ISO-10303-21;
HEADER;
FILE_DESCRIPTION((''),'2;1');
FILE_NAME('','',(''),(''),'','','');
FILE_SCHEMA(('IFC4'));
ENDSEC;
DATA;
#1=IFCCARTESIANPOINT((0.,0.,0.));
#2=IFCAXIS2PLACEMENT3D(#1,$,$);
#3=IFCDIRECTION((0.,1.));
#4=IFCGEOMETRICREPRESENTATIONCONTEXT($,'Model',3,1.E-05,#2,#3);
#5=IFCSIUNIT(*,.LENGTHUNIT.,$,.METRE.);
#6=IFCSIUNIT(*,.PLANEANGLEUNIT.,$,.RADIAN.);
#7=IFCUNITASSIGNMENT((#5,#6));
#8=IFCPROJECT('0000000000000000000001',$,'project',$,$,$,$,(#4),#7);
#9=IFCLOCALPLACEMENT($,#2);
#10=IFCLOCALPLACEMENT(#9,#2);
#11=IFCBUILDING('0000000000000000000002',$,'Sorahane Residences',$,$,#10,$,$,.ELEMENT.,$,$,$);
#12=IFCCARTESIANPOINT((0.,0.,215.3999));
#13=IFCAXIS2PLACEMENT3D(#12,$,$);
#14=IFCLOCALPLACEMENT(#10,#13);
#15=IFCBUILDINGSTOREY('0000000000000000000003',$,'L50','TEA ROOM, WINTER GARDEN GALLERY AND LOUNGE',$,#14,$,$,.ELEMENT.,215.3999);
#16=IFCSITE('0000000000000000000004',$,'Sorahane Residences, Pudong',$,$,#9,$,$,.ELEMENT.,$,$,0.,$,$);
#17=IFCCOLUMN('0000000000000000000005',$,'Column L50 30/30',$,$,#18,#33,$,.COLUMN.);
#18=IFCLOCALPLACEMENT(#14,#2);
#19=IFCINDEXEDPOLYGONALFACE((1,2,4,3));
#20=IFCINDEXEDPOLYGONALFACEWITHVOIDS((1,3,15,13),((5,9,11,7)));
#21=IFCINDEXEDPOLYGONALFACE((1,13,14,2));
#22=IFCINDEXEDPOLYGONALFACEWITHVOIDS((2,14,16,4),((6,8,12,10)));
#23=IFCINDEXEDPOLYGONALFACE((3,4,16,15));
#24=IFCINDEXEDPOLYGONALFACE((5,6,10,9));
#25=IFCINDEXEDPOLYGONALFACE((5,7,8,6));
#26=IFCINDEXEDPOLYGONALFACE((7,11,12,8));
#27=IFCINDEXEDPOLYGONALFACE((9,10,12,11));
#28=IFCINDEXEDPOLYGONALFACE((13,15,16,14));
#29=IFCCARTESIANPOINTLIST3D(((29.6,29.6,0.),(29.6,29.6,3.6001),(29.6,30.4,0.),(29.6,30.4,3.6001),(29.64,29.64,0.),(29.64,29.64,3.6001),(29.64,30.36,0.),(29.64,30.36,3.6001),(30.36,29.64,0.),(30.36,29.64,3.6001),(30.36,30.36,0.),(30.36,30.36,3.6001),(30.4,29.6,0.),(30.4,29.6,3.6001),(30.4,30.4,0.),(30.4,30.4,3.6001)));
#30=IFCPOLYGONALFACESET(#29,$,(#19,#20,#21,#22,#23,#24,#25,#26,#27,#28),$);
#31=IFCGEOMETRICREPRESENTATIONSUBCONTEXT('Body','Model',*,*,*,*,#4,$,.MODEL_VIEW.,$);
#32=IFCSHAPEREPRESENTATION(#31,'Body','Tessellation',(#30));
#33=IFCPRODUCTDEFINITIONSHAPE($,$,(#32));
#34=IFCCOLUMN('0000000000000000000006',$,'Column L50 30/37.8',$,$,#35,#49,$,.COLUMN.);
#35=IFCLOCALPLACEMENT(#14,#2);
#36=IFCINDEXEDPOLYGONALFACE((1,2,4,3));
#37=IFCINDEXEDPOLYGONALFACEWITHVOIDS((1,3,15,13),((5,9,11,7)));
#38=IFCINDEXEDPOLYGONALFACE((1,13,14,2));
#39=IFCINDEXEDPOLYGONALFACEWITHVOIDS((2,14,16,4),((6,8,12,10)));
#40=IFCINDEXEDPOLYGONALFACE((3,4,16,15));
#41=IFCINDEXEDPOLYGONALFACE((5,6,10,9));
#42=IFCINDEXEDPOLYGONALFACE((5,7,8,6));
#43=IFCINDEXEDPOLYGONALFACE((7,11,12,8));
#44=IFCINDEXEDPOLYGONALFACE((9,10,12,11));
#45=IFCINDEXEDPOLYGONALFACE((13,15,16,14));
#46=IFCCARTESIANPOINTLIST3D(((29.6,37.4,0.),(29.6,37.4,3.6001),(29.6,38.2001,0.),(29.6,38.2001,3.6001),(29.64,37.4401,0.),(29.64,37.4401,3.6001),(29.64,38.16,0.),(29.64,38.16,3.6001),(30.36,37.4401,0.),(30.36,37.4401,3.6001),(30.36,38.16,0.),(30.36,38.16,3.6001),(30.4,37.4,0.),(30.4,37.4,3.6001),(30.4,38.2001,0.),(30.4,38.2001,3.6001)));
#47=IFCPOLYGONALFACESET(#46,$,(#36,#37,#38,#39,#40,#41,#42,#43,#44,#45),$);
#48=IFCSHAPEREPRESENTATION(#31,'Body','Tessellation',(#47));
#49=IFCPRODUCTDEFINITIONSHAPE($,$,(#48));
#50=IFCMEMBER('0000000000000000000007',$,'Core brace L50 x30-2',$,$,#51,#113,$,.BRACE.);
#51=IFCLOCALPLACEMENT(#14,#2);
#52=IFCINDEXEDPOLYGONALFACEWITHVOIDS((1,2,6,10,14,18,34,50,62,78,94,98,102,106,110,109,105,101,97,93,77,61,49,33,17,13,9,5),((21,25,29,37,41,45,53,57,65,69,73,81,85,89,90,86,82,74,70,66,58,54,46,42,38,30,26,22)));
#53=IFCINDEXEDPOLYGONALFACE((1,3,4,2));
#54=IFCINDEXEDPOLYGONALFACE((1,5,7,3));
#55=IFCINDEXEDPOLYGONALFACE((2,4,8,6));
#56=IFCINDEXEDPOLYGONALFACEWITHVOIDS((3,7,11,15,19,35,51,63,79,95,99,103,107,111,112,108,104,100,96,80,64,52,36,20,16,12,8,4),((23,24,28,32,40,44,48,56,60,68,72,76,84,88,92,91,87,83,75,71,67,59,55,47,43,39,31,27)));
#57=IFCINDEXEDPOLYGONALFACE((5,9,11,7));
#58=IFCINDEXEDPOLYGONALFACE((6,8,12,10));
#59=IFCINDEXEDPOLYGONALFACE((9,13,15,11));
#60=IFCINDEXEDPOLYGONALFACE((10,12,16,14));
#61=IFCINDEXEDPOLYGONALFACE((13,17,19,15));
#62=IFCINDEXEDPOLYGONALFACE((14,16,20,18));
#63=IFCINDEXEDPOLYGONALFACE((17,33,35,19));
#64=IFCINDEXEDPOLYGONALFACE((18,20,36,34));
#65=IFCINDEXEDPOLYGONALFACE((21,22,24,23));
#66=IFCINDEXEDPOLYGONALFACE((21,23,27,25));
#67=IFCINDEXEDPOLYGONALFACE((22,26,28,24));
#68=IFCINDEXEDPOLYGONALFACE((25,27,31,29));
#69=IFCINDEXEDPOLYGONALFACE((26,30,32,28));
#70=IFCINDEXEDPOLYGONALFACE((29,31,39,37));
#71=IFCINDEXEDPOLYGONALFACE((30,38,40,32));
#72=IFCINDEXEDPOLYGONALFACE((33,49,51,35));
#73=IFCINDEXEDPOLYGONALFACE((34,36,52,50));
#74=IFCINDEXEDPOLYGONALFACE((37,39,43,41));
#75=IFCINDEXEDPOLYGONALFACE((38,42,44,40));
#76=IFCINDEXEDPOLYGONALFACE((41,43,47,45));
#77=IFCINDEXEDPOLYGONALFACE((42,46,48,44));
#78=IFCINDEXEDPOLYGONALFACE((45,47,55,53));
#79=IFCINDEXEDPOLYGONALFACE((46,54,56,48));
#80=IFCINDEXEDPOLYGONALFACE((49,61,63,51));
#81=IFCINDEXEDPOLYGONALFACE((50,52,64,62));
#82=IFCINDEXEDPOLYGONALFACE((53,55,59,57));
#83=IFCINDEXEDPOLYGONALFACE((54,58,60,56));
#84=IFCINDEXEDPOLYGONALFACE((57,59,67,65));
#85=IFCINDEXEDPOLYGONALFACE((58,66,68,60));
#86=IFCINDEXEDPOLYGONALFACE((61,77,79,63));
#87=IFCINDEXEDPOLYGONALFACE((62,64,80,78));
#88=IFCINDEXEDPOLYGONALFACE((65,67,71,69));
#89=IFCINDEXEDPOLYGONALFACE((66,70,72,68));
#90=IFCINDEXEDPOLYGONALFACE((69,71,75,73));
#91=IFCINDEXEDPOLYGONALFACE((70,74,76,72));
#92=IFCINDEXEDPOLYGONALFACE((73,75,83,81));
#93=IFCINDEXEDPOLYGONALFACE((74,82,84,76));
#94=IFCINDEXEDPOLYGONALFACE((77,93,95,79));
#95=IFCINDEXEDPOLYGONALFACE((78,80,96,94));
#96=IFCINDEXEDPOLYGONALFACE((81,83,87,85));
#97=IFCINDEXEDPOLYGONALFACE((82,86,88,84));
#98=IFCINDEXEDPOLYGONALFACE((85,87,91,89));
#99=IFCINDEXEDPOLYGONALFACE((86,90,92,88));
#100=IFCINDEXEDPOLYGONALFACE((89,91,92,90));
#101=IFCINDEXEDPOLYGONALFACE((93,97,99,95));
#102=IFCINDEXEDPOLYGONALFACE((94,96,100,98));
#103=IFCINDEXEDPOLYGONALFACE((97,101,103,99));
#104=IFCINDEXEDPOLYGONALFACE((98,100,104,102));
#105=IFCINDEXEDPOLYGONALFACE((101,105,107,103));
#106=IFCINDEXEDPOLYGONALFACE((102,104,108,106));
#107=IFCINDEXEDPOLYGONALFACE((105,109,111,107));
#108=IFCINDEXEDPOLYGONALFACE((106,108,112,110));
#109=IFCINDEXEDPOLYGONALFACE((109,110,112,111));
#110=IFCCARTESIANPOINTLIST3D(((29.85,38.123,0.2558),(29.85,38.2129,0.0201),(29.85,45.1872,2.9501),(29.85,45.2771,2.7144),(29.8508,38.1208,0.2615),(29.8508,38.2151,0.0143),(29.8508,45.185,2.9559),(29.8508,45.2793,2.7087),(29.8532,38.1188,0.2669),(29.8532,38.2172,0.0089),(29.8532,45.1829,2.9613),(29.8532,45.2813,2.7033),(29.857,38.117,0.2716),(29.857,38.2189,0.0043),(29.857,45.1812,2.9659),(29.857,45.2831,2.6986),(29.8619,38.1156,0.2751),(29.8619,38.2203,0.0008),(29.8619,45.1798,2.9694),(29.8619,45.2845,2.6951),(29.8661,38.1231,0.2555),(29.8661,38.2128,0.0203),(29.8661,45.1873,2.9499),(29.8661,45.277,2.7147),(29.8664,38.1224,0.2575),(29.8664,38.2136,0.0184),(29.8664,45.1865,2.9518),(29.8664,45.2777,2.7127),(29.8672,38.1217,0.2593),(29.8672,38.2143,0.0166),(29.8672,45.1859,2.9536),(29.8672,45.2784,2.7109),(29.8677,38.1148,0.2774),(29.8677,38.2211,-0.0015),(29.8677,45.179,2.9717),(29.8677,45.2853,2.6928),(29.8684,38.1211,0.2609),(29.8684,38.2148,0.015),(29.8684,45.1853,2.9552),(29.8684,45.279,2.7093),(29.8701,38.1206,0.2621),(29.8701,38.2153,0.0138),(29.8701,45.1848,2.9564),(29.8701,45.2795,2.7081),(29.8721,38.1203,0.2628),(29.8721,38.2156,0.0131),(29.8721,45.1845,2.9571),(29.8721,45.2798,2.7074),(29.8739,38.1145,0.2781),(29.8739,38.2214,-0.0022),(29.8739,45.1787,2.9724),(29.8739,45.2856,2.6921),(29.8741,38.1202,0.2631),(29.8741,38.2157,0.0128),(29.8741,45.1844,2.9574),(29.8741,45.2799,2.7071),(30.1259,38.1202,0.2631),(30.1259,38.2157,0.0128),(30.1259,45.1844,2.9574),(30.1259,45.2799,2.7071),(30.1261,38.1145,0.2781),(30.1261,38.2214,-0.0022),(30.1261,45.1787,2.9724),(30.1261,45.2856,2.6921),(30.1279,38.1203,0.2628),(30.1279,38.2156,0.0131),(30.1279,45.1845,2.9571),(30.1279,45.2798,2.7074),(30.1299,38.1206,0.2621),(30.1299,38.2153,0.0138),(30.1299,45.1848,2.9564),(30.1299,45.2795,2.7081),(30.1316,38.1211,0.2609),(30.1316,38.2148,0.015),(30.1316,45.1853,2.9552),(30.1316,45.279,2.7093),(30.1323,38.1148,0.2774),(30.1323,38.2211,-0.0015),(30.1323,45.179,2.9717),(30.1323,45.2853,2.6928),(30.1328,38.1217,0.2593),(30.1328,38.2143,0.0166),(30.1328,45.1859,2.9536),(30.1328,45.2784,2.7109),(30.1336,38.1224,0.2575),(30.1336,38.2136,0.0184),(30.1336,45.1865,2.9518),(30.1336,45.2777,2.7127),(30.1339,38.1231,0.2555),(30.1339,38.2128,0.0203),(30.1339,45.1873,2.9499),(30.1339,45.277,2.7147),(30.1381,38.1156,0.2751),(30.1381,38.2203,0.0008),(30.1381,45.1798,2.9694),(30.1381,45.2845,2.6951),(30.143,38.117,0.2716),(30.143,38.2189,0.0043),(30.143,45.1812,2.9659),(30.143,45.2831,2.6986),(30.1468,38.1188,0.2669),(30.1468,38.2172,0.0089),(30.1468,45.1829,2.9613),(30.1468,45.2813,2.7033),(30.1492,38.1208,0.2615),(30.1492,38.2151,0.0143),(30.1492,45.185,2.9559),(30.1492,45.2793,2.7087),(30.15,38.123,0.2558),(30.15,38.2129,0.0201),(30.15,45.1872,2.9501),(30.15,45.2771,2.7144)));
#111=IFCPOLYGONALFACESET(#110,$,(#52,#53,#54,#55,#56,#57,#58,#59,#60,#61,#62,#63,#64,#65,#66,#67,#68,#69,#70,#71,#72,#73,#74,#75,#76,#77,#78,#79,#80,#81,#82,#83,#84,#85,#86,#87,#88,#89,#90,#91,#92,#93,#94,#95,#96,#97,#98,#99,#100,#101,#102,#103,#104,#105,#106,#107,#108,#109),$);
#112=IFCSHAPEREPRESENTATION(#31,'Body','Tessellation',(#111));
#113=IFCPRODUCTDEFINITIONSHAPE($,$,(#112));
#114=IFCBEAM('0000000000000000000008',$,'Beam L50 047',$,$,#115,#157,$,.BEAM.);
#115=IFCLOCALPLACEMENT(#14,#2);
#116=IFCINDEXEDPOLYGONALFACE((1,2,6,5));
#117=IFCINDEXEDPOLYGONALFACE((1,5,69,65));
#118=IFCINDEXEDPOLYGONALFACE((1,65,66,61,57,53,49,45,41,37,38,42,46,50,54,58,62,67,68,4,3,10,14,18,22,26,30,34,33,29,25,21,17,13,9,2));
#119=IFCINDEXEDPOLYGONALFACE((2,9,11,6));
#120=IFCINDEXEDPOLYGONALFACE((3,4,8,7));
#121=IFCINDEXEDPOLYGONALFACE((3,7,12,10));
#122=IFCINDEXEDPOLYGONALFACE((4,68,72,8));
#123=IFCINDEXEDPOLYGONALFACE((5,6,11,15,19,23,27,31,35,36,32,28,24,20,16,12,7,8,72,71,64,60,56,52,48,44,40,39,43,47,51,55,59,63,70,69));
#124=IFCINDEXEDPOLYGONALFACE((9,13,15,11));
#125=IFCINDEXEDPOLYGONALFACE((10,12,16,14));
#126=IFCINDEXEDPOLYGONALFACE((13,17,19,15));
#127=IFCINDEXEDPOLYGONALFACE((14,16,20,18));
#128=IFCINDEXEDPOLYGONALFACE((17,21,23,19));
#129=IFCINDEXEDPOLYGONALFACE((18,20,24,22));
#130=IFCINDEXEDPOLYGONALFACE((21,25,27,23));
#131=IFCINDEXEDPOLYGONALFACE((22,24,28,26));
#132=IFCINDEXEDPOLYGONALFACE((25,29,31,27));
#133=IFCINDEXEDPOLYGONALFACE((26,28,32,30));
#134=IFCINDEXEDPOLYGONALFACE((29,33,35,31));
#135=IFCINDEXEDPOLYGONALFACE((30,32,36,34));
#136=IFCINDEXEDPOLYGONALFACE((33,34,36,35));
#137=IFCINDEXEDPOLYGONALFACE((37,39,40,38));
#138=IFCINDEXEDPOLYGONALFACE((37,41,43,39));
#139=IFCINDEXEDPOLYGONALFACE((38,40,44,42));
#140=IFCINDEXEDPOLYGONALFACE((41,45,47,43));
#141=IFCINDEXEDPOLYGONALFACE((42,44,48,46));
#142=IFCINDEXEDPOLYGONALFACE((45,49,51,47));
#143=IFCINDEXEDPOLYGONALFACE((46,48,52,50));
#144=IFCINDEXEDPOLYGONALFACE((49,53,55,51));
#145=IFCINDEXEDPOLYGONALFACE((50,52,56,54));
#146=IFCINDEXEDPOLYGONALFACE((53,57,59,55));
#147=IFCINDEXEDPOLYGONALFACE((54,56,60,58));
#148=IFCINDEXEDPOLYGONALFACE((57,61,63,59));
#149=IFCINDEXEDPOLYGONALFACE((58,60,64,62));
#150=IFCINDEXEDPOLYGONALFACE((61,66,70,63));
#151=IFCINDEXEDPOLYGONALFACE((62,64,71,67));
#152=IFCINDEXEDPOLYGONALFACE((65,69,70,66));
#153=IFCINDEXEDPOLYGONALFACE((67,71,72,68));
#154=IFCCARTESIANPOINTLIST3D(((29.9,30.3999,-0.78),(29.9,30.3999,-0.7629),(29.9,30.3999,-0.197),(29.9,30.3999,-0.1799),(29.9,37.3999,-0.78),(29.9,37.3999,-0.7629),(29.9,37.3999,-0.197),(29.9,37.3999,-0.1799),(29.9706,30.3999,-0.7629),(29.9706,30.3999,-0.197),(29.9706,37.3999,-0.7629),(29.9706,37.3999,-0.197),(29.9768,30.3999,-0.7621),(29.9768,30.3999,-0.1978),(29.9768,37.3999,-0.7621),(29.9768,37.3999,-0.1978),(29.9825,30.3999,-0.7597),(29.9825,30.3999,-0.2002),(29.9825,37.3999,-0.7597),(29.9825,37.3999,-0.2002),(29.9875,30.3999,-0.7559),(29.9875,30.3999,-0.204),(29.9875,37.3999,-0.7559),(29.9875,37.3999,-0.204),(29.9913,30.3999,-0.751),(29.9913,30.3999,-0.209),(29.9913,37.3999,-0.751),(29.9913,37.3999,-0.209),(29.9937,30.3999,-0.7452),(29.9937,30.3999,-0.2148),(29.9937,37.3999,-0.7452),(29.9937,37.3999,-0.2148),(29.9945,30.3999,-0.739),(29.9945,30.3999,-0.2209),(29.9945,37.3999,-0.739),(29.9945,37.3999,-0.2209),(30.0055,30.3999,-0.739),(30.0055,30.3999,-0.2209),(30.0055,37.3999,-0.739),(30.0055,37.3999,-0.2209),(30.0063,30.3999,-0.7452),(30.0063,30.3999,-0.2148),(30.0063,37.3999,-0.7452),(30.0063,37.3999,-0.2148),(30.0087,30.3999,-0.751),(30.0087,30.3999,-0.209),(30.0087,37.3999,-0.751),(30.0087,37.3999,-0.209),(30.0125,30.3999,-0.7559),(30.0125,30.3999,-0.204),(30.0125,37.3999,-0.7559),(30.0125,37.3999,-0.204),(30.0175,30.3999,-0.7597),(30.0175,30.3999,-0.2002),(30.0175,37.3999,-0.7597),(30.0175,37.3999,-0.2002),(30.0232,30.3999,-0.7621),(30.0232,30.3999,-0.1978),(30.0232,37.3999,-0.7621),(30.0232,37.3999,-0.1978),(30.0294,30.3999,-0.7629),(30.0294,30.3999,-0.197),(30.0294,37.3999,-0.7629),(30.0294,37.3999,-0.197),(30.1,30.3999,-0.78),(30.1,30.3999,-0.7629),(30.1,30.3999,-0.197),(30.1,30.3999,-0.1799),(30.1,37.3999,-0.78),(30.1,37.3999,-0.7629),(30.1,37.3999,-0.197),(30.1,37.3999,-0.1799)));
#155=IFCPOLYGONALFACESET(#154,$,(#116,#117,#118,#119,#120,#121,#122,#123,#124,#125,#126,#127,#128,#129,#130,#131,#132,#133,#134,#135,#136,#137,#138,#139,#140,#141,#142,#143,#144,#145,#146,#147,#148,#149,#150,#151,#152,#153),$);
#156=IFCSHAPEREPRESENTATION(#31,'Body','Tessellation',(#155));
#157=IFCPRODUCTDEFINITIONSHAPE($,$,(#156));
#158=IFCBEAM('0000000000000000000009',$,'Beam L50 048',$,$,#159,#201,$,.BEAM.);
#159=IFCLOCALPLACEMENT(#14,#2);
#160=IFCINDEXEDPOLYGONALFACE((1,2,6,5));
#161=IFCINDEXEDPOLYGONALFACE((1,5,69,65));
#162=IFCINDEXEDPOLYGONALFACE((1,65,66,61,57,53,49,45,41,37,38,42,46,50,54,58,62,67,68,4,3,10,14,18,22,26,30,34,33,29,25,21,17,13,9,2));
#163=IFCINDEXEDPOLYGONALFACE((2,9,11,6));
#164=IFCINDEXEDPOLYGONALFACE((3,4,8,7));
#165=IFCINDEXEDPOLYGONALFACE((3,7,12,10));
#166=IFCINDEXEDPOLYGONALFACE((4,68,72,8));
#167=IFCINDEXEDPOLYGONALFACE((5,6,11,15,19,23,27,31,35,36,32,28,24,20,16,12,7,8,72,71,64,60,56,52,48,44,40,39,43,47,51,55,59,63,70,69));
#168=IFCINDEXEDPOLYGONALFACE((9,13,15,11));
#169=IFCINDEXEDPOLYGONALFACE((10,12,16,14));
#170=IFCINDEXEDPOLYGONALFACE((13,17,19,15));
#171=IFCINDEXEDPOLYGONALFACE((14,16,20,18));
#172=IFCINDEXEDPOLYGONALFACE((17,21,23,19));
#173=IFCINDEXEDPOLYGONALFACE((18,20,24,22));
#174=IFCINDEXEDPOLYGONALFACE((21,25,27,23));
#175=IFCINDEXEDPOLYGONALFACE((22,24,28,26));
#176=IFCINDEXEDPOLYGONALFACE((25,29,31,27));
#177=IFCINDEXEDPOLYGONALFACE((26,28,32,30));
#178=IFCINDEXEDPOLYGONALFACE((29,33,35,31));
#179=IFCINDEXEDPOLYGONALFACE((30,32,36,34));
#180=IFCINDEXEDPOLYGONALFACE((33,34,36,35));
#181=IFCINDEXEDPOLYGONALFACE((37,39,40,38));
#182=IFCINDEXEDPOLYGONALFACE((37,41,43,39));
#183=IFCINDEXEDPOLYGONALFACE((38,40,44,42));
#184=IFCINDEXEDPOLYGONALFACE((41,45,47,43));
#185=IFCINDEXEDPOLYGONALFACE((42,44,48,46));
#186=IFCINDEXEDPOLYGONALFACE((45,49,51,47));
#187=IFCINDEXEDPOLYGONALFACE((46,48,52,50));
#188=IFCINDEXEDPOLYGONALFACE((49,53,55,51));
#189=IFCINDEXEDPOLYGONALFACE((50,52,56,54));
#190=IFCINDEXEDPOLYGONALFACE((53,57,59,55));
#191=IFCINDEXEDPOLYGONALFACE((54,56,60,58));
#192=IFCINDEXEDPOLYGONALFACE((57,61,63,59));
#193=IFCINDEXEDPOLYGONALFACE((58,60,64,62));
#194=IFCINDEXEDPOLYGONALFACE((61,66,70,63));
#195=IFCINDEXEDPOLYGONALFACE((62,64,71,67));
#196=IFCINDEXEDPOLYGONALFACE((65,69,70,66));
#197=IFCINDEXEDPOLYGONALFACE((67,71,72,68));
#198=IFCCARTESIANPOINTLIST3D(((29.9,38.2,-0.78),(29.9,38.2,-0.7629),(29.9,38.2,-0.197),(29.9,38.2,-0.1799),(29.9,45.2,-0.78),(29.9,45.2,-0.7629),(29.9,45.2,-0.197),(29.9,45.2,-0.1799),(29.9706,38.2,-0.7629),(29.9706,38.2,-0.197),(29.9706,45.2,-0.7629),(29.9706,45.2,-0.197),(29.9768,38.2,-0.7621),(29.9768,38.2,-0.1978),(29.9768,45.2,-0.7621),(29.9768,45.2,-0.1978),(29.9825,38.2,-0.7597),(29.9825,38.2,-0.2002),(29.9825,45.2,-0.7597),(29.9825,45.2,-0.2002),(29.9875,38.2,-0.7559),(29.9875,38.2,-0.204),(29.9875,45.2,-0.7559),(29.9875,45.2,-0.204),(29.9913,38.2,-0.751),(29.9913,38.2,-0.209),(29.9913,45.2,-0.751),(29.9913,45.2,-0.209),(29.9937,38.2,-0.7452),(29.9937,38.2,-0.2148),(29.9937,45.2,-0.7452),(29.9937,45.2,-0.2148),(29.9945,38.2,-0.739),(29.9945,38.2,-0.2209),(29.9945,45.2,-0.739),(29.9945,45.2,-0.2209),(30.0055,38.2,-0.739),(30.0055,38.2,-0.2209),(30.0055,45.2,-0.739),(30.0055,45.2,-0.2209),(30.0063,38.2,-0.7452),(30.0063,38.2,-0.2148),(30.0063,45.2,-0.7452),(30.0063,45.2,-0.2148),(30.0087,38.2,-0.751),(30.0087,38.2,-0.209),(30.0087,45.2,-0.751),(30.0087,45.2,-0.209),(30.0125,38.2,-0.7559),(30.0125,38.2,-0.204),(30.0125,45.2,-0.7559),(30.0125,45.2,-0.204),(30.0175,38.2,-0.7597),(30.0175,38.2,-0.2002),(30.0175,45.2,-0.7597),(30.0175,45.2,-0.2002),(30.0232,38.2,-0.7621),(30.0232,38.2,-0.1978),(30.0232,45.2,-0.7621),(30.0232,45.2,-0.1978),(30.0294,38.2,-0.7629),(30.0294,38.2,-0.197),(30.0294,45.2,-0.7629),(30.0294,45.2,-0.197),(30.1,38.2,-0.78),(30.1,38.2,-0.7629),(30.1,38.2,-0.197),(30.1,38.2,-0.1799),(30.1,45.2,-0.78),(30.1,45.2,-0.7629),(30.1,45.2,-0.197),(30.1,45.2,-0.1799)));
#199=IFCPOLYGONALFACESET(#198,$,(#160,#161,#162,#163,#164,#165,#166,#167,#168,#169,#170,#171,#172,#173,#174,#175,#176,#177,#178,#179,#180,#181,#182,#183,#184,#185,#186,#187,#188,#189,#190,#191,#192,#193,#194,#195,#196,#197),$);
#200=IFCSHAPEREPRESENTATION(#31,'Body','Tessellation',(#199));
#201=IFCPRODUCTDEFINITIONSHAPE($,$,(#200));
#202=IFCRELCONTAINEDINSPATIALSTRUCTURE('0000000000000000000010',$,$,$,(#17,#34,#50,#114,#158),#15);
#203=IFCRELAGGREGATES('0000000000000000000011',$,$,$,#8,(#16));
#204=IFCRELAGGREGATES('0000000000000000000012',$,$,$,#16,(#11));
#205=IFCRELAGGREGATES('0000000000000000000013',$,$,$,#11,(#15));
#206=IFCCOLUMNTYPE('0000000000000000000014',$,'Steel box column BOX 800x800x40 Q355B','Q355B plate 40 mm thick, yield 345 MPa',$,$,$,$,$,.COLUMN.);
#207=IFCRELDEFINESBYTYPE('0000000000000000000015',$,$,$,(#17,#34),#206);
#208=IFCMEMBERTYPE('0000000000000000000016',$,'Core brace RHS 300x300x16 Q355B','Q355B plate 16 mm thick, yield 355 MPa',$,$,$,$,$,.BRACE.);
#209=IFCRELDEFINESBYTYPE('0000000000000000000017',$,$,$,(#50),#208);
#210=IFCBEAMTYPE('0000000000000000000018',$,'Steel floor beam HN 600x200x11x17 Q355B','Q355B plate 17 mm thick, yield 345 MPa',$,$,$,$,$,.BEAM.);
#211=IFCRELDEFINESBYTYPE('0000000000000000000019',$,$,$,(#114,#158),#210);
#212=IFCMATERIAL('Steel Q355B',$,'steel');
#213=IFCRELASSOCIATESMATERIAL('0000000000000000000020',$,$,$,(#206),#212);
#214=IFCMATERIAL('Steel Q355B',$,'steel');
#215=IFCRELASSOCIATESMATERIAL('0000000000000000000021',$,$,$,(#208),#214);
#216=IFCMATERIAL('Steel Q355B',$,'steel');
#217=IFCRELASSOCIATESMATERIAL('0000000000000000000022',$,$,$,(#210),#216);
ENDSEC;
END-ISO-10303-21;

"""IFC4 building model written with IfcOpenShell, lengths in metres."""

from ifc_helpers import new_model, si_unit, direction, frame, origin, origin_2d, place, context, subcontext, project, spatial, hollow_rectangle, i_section, extrude, material, material_profile, profile_set, type_object, element, save


model = new_model("IFC4")

# Units and contexts
model_context = context("Model", 3, precision=1e-05, world=origin(), true_north=direction((0.0, 1.0)))
body_context = subcontext(model_context, "Body", "Model", "MODEL_VIEW")
ifc_project = project(units=[si_unit("LENGTHUNIT", "METRE"), si_unit("PLANEANGLEUNIT", "RADIAN")], contexts=[model_context])

# Site, building, storey
site_placement = place(None, origin())
site = spatial("IfcSite", under=ifc_project, at=site_placement, Name="Sorahane Residences, Pudong", CompositionType="ELEMENT", RefElevation=0.0)
building_placement = place(site_placement, origin())
building = spatial("IfcBuilding", under=site, at=building_placement, Name="Sorahane Residences", CompositionType="ELEMENT")
storey_placement = place(building_placement, frame((0.0, 0.0, 215.3999)))
storey = spatial("IfcBuildingStorey", under=building, at=storey_placement, Name="L50", Description="TEA ROOM, WINTER GARDEN GALLERY AND LOUNGE", CompositionType="ELEMENT", Elevation=215.3999)

# Columns
ifc_material_1 = material(Name="Steel Q355B", Category="steel")
ifc_material_profile_1 = material_profile(ifc_material_1, hollow_rectangle(XDim=0.8, YDim=0.8, WallThickness=0.04, at=origin_2d()), Name="BOX 800x800x40")
ifc_profile_set_1 = profile_set([ifc_material_profile_1], Name="Steel Q355B")
column_type = type_object("IfcColumnType", Name="Steel box column BOX 800x800x40 Q355B", Description="Q355B plate 40 mm thick, yield 345 MPa", PredefinedType="COLUMN", material=ifc_profile_set_1)
for number, where, z_axis, x_axis, name in (
    (1, (30.0, 30.0, 0.0), (0.0, 0.0, 1.0), (1.0, 0.0, 0.0), "Column L50 30/30"),
    (2, (30.0, 37.8, 0.0), (0.0, 0.0, 1.0), (1.0, 0.0, 0.0), "Column L50 30/37.8"),
):
    element("IfcColumn", number, at=place(storey_placement, frame(where, z_axis=z_axis, x_axis=x_axis)), inside=storey, type_object=column_type, Name=name, PredefinedType="COLUMN", context=body_context, shape_type="SweptSolid", body=[
        extrude(hollow_rectangle(XDim=0.8, YDim=0.8, WallThickness=0.04, at=origin_2d()), origin(), (0.0, 0.0, 1.0), 3.6001),
    ])

# Member
ifc_material_2 = material(Name="Steel Q355B", Category="steel")
ifc_material_profile_2 = material_profile(ifc_material_2, hollow_rectangle(XDim=0.3, YDim=0.3, WallThickness=0.0161, InnerFilletRadius=0.0081, OuterFilletRadius=0.0239, at=origin_2d()), Name="RHS 300x300x16")
ifc_profile_set_2 = profile_set([ifc_material_profile_2], Name="Steel Q355B")
member_type = type_object("IfcMemberType", Name="Core brace RHS 300x300x16 Q355B", Description="Q355B plate 16 mm thick, yield 355 MPa", PredefinedType="BRACE", material=ifc_profile_set_2)
member_placement = place(storey_placement, frame((30.0, 38.168, 0.1379), z_axis=(0.0, 0.934346, 0.356366), x_axis=(-1.0, 0.0, 0.0)))
element("IfcMember", 3, at=member_placement, inside=storey, type_object=member_type, Name="Core brace L50 x30-2", PredefinedType="BRACE", context=body_context, shape_type="SweptSolid", body=[
    extrude(hollow_rectangle(XDim=0.3, YDim=0.3, WallThickness=0.0161, InnerFilletRadius=0.0081, OuterFilletRadius=0.0239, at=origin_2d()), origin(), (0.0, 0.0, 1.0), 7.5605),
])

# Beams
ifc_material_3 = material(Name="Steel Q355B", Category="steel")
ifc_material_profile_3 = material_profile(ifc_material_3, i_section(OverallWidth=0.2, OverallDepth=0.6001, WebThickness=0.011, FlangeThickness=0.0171, FilletRadius=0.0239, at=origin_2d()), Name="HN 600x200x11x17")
ifc_profile_set_3 = profile_set([ifc_material_profile_3], Name="Steel Q355B")
beam_type = type_object("IfcBeamType", Name="Steel floor beam HN 600x200x11x17 Q355B", Description="Q355B plate 17 mm thick, yield 345 MPa", PredefinedType="BEAM", material=ifc_profile_set_3)
for number, where, z_axis, x_axis, name in (
    (4, (30.0, 30.3999, -0.48), (0.0, 1.0, 0.0), (-1.0, 0.0, 0.0), "Beam L50 047"),
    (5, (30.0, 38.2, -0.48), (0.0, 1.0, 0.0), (-1.0, 0.0, 0.0), "Beam L50 048"),
):
    element("IfcBeam", number, at=place(storey_placement, frame(where, z_axis=z_axis, x_axis=x_axis)), inside=storey, type_object=beam_type, Name=name, PredefinedType="BEAM", context=body_context, shape_type="SweptSolid", body=[
        extrude(i_section(OverallWidth=0.2, OverallDepth=0.6001, WebThickness=0.011, FlangeThickness=0.0171, FilletRadius=0.0239, at=origin_2d()), origin(), (0.0, 0.0, 1.0), 7.0),
    ])

save(model, "model.ifc")
